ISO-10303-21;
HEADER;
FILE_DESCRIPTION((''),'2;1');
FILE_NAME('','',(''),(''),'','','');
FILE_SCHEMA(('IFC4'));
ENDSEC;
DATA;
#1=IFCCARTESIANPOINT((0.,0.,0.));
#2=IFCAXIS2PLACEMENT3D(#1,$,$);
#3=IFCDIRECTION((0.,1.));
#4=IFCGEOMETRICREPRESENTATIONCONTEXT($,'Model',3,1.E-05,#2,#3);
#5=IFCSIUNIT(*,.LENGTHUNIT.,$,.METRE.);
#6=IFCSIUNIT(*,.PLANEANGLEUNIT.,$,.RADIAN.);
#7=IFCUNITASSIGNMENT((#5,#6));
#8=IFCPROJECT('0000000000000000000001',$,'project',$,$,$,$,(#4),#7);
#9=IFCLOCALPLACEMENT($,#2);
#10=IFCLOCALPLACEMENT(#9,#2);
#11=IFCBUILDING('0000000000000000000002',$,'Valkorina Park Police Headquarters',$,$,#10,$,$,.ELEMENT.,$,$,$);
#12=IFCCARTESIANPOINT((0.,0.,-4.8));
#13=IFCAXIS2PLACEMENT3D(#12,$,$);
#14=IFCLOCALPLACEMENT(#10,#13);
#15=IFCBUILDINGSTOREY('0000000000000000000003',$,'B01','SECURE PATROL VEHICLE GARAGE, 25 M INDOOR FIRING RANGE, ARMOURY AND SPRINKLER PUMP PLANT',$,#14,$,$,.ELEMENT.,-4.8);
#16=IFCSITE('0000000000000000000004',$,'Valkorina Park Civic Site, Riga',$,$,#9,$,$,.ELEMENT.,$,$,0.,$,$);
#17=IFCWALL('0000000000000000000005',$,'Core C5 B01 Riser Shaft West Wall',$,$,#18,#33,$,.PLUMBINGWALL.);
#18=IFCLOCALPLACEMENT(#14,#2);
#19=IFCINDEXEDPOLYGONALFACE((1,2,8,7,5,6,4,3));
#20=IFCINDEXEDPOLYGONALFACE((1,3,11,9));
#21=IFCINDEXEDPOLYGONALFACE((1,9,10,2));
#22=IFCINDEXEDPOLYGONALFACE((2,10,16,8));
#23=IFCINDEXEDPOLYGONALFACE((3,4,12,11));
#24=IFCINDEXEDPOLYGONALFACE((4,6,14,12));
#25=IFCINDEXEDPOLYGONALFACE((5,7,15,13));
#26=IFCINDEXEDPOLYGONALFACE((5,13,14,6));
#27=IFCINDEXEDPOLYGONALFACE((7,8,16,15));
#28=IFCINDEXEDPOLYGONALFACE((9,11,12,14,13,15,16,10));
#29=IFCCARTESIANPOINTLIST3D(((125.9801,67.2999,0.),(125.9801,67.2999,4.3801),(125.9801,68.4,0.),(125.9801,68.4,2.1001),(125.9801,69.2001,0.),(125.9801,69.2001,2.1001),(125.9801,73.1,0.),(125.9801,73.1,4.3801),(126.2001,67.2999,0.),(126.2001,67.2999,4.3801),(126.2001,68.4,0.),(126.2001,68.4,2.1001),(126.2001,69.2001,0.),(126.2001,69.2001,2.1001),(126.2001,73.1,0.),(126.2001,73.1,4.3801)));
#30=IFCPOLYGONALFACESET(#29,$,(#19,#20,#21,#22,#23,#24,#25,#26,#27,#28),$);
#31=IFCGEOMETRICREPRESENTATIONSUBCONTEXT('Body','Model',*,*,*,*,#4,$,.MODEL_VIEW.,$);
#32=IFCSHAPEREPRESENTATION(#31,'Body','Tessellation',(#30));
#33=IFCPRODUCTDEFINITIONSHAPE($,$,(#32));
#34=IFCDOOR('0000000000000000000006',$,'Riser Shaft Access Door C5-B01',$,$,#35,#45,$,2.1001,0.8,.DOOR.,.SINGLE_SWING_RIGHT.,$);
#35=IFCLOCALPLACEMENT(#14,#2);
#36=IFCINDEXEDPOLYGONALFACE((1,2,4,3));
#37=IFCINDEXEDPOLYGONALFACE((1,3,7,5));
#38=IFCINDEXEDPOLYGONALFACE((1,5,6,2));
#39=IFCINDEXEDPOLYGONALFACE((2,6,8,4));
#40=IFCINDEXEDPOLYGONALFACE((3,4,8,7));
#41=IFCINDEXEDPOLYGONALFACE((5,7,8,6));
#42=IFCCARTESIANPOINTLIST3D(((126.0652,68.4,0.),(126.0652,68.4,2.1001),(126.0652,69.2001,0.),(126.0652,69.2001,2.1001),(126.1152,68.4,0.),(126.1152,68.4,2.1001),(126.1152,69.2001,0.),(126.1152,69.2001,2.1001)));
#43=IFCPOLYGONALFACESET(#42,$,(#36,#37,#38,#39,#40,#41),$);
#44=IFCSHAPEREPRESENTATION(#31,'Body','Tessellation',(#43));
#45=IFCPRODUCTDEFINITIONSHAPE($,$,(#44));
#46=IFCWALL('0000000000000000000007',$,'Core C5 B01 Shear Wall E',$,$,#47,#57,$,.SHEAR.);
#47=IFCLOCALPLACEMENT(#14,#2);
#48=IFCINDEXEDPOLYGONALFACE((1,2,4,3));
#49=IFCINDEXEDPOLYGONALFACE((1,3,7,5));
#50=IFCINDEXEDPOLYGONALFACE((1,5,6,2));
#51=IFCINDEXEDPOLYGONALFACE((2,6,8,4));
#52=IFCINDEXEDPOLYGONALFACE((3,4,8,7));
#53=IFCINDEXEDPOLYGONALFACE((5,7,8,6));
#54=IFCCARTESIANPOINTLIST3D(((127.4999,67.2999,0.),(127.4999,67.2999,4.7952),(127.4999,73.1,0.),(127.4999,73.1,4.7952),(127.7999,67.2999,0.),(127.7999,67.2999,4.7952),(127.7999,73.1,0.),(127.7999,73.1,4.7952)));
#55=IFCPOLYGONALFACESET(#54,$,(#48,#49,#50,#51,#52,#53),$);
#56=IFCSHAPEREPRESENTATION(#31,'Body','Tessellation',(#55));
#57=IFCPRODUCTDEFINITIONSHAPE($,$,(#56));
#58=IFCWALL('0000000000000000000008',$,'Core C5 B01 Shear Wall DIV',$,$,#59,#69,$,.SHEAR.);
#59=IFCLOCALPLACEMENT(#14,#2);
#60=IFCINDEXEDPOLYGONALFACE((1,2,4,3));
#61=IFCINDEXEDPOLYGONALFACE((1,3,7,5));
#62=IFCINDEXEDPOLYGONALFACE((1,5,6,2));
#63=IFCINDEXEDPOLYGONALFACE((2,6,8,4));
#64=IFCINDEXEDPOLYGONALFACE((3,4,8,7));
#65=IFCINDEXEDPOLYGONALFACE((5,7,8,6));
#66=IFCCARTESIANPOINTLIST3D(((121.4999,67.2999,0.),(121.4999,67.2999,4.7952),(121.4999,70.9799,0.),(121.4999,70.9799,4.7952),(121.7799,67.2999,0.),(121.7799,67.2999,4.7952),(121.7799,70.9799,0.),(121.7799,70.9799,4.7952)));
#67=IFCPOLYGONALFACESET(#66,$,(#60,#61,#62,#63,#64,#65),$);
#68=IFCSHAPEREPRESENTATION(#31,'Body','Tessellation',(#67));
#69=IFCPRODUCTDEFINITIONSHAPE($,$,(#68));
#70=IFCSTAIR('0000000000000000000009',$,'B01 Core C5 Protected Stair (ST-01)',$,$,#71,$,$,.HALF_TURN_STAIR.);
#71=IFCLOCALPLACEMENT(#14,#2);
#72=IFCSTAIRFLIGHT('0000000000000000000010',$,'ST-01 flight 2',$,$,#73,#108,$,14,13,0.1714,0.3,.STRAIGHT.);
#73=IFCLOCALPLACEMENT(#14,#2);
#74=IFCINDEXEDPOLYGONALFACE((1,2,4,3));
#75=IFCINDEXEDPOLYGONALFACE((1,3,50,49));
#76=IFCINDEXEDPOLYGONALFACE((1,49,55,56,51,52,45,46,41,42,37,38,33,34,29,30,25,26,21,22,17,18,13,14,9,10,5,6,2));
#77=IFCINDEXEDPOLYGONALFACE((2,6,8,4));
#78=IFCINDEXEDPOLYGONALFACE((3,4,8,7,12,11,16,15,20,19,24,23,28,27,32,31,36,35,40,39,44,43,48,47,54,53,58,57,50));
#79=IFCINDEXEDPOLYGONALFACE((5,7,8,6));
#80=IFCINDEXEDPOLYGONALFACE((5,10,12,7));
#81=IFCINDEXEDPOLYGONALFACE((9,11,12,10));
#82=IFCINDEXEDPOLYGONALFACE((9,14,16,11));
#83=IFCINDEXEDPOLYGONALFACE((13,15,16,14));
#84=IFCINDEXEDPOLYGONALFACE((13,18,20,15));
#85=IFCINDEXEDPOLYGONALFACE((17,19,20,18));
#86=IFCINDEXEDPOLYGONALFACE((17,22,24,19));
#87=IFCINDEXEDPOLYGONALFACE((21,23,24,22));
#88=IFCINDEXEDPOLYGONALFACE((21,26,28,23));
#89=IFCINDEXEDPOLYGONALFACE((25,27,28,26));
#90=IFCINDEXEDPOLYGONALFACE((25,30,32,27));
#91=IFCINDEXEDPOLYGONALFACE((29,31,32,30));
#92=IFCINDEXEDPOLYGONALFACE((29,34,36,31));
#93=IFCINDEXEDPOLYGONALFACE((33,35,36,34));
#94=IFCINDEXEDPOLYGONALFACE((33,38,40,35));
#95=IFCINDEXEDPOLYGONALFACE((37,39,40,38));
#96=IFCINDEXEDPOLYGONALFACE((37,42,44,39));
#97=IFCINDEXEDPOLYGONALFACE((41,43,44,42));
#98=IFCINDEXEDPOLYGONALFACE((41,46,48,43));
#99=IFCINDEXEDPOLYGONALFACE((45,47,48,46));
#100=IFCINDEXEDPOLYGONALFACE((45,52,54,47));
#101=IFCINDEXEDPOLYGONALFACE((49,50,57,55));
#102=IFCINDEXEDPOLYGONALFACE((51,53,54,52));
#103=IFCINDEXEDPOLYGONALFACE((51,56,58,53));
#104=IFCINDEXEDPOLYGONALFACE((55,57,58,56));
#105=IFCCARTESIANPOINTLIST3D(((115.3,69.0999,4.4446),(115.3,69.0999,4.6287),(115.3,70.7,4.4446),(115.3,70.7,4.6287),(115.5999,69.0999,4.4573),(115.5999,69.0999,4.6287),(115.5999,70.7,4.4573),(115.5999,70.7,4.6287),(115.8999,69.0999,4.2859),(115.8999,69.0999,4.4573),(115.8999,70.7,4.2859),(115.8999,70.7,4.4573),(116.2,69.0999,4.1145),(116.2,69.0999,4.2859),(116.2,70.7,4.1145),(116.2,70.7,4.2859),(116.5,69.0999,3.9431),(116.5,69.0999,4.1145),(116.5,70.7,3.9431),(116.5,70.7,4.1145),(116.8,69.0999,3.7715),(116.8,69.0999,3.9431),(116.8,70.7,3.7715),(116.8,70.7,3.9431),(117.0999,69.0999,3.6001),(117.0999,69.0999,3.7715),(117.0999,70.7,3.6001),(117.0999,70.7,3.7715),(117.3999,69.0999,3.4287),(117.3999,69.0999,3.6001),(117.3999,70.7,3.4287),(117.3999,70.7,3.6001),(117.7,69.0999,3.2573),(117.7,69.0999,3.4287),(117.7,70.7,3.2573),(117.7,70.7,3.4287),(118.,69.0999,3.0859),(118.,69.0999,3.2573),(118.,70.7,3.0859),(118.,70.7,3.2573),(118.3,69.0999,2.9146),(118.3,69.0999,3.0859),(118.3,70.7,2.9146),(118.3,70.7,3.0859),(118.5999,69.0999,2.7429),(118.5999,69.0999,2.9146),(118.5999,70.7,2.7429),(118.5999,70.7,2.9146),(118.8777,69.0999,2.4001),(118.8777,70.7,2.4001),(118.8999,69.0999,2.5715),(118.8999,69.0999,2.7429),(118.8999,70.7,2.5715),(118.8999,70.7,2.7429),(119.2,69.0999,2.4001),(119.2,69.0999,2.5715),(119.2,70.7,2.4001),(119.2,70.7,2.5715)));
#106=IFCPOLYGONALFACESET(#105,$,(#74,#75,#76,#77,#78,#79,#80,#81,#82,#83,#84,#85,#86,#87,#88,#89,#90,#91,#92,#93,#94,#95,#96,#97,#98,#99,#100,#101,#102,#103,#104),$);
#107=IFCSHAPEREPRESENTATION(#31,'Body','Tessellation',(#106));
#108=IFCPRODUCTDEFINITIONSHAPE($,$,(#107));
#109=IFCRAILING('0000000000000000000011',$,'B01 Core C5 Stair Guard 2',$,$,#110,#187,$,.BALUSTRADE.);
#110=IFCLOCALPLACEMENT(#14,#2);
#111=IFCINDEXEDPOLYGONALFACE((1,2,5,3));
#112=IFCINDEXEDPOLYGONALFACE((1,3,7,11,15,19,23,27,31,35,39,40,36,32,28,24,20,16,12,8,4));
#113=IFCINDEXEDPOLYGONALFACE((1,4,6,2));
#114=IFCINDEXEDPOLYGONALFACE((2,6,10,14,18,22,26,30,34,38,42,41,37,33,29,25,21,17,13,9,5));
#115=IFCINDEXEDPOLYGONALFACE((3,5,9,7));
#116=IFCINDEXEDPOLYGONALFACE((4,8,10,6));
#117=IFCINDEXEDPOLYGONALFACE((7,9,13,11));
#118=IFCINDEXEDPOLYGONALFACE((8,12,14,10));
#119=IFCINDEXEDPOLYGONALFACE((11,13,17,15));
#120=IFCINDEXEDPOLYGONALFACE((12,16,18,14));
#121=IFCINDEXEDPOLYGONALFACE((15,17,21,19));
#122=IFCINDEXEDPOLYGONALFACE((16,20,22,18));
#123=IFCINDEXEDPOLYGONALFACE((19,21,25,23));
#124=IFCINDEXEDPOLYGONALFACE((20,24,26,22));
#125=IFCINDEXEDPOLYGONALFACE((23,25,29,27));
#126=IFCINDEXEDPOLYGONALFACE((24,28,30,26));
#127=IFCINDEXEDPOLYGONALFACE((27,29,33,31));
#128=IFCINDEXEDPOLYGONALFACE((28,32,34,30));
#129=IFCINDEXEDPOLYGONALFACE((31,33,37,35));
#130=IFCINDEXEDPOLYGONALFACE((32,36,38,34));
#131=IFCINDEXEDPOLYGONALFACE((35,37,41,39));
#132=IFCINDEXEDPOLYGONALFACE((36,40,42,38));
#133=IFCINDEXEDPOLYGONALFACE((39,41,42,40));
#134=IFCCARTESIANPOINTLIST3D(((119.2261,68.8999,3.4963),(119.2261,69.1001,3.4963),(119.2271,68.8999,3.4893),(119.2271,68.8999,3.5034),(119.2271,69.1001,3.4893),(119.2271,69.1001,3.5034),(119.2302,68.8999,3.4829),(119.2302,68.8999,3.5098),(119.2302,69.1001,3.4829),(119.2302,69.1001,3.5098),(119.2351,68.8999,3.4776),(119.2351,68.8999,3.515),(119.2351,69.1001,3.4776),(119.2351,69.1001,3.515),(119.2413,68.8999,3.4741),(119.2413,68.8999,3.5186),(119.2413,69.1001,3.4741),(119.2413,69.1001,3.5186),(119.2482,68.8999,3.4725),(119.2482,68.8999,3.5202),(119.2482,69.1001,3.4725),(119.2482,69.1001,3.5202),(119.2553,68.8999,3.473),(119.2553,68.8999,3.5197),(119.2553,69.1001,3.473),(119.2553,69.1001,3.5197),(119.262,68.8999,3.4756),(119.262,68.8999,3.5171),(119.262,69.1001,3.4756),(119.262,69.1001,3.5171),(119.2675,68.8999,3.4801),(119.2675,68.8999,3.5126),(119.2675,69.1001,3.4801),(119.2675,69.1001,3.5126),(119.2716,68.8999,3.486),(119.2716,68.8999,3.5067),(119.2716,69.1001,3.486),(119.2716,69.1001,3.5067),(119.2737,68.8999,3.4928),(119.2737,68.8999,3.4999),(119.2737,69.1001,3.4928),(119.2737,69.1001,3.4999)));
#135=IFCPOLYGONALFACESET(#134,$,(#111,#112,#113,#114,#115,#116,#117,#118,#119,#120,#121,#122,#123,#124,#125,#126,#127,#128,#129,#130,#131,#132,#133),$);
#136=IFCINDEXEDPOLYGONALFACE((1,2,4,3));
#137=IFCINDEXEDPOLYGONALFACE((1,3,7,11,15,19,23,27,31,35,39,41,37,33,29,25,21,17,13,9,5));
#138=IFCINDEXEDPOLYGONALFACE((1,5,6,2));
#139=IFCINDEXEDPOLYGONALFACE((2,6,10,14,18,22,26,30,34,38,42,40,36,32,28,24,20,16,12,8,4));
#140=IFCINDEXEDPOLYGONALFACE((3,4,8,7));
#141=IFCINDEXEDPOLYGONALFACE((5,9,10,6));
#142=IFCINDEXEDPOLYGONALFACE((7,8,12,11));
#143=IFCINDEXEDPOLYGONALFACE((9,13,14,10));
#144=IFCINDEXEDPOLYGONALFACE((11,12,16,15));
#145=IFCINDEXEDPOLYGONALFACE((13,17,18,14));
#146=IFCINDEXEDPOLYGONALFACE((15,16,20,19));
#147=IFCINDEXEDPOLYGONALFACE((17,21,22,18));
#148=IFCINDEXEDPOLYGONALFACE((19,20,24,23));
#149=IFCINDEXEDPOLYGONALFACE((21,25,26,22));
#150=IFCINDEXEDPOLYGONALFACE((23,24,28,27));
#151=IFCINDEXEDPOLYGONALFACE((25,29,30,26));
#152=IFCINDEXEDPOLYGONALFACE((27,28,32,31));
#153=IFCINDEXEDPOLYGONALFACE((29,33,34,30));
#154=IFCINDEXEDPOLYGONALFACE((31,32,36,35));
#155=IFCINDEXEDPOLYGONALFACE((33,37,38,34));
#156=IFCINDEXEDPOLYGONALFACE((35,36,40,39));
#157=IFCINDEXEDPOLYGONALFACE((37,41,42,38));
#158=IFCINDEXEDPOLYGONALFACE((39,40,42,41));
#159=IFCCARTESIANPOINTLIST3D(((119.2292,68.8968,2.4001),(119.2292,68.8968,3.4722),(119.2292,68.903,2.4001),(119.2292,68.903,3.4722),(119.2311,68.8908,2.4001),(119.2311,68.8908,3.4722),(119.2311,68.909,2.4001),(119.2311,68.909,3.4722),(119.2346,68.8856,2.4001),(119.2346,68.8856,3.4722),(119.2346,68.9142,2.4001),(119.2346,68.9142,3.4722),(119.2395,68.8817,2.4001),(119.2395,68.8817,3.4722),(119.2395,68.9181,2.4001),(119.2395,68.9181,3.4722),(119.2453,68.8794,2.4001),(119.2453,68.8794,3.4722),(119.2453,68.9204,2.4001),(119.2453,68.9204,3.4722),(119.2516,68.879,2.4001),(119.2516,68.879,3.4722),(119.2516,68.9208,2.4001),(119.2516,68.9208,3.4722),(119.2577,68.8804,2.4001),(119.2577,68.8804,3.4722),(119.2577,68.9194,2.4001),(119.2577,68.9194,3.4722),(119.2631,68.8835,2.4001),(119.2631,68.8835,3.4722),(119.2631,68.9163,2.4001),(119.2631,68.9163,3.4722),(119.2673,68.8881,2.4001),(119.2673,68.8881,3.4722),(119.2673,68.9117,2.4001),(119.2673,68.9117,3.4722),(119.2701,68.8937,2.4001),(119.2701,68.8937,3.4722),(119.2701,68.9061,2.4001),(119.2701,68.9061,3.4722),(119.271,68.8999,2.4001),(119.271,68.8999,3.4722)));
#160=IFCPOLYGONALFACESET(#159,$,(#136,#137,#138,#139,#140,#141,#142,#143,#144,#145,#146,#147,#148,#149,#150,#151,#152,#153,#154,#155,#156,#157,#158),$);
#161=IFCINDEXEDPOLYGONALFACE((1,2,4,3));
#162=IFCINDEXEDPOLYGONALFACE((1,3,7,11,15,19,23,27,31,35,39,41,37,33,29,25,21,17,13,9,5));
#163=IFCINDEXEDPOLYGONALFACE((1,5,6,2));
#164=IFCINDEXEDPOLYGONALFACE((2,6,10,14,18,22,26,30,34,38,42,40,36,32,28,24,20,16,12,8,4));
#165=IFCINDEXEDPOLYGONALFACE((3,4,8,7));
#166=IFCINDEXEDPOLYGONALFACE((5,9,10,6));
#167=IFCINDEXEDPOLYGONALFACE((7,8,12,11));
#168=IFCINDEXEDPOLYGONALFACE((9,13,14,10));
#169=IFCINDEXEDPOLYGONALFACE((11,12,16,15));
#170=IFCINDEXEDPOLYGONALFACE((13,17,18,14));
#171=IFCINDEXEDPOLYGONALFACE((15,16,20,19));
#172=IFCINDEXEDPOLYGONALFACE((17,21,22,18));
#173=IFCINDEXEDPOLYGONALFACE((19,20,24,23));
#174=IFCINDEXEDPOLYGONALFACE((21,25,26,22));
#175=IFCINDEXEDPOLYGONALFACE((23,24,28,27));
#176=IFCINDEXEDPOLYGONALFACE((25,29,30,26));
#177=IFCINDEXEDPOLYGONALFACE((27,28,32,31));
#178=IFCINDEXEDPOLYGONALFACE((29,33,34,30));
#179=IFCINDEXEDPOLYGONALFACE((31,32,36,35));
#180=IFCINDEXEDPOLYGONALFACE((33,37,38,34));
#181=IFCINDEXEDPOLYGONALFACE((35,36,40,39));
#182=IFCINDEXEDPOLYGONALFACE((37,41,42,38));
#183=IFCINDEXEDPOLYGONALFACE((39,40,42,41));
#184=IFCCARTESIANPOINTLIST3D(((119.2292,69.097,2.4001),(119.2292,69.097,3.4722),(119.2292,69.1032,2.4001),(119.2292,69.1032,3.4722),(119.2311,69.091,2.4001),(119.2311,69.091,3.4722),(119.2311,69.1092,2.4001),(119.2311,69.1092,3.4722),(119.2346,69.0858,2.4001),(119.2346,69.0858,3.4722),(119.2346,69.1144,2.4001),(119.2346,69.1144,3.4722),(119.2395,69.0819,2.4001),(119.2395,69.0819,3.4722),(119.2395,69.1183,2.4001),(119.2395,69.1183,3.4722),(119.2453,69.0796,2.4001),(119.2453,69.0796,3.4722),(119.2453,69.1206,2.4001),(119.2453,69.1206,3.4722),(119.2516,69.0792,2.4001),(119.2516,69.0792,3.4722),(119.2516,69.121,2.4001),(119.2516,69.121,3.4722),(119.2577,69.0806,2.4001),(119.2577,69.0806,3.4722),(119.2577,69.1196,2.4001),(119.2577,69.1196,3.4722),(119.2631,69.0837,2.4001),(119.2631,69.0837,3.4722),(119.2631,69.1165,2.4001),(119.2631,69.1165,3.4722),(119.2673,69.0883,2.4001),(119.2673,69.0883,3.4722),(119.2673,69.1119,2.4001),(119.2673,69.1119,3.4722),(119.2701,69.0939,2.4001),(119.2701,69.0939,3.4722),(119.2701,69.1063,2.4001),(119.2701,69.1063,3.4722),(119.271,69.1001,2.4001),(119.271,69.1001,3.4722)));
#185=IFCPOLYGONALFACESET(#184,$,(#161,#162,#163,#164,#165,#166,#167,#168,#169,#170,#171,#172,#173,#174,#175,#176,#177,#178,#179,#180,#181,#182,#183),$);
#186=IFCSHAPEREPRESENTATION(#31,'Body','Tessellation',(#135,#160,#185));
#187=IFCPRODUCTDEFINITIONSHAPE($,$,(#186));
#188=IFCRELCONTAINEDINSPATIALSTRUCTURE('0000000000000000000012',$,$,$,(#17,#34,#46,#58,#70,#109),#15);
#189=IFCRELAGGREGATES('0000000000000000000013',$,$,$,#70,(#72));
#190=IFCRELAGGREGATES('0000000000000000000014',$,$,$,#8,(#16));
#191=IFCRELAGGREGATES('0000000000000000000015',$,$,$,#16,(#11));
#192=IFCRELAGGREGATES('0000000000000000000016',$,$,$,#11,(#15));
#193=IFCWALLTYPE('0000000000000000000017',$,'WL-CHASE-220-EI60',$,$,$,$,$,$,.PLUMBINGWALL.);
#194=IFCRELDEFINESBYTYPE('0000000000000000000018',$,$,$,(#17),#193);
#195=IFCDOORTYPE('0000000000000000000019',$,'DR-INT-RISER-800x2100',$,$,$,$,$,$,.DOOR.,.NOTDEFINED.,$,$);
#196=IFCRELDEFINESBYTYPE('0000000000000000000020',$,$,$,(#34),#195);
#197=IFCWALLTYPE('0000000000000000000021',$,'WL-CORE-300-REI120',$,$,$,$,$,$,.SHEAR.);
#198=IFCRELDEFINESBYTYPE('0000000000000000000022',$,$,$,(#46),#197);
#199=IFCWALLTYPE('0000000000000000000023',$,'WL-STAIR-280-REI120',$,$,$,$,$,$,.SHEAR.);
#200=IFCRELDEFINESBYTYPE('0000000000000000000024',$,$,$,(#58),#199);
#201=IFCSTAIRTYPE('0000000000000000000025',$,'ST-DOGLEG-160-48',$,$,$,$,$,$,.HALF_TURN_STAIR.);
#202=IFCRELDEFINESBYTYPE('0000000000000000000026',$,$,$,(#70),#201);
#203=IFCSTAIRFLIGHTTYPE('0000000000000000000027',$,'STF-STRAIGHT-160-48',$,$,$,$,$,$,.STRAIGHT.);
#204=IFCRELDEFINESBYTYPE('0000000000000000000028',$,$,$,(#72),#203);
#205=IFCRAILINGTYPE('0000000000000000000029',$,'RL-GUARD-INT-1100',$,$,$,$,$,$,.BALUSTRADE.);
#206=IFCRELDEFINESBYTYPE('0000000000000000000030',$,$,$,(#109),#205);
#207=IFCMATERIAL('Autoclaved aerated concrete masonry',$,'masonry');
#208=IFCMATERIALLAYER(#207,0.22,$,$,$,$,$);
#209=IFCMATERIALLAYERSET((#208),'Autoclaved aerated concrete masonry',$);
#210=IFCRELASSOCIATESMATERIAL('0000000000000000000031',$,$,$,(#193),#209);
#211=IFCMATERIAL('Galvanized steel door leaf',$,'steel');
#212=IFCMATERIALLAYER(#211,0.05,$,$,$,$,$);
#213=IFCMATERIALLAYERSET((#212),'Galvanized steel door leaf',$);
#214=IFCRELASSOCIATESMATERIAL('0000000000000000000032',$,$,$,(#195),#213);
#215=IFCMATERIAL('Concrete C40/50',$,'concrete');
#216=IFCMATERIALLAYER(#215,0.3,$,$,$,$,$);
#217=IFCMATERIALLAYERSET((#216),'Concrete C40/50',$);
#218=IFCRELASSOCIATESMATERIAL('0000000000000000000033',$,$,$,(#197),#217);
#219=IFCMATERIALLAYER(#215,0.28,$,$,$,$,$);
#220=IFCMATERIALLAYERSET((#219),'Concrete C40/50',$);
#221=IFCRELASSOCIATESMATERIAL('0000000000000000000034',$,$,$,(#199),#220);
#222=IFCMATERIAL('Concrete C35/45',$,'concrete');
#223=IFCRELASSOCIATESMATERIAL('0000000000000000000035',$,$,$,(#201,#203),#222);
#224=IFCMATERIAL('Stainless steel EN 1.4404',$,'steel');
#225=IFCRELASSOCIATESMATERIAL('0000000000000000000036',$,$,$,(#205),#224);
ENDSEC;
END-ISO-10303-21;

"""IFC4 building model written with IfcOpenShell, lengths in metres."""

from ifc_helpers import new_model, si_unit, direction, frame, frame_2d, origin, origin_2d, place, context, subcontext, project, spatial, polyline, rectangle, circle, outline, extrude, material, layer, layer_set, type_object, element, fill, aggregate, save


model = new_model("IFC4")

# Units and contexts
model_context = context("Model", 3, precision=1e-05, world=origin(), true_north=direction((0.0, 1.0)))
body_context = subcontext(model_context, "Body", "Model", "MODEL_VIEW")
ifc_project = project(units=[si_unit("LENGTHUNIT", "METRE"), si_unit("PLANEANGLEUNIT", "RADIAN")], contexts=[model_context])

# Site, building, storey
site_placement = place(None, origin())
site = spatial("IfcSite", under=ifc_project, at=site_placement, Name="Valkorina Park Civic Site, Riga", CompositionType="ELEMENT", RefElevation=0.0)
building_placement = place(site_placement, origin())
building = spatial("IfcBuilding", under=site, at=building_placement, Name="Valkorina Park Police Headquarters", CompositionType="ELEMENT")
storey_placement = place(building_placement, frame((0.0, 0.0, -4.8)))
storey = spatial("IfcBuildingStorey", under=building, at=storey_placement, Name="B01", Description="SECURE PATROL VEHICLE GARAGE, 25 M INDOOR FIRING RANGE, ARMOURY AND SPRINKLER PUMP PLANT", CompositionType="ELEMENT", Elevation=-4.8)

# Shared definitions
ifc_material_1 = material(Name="Concrete C35/45", Category="concrete")

# Shared definitions
ifc_material_2 = material(Name="Concrete C40/50", Category="concrete")

# Shared definitions
ifc_material_3 = material(Name="Autoclaved aerated concrete masonry", Category="masonry")
ifc_layer_1 = layer(ifc_material_3, 0.22)
ifc_layer_set_1 = layer_set([ifc_layer_1], Name="Autoclaved aerated concrete masonry")
wall_type_1 = type_object("IfcWallType", Name="WL-CHASE-220-EI60", PredefinedType="PLUMBINGWALL", material=ifc_layer_set_1)
ifc_material_4 = material(Name="Stainless steel EN 1.4404", Category="steel")

# Wall, opening, door
wall_1_placement = place(storey_placement, frame((126.0901, 67.3, 0.0), z_axis=(0.0, 0.0, 1.0), x_axis=(0.0, 1.0, 0.0)))
wall_1 = element("IfcWall", 1, at=wall_1_placement, inside=storey, type_object=wall_type_1, Name="Core C5 B01 Riser Shaft West Wall", PredefinedType="PLUMBINGWALL", context=body_context, shape_type="SweptSolid", body=[
    extrude(rectangle(XDim=5.8, YDim=0.22, at=frame_2d((2.8999, 0.0))), origin(), (0.0, 0.0, 1.0), 4.3801),
])
opening_1_placement = place(wall_1_placement, frame((1.1001, 0.0, 0.0)))
opening_1 = element("IfcOpeningElement", 2, at=opening_1_placement, cuts=wall_1, PredefinedType="OPENING", context=body_context, shape_type="SweptSolid", body=[
    extrude(rectangle(XDim=0.8, YDim=2.1001, at=frame_2d((0.3999, 1.05))), frame((0.0, 0.1201, 0.0), z_axis=(0.0, -1.0, 0.0), x_axis=(1.0, 0.0, 0.0)), (0.0, 0.0, 1.0), 0.24),
])
ifc_material_5 = material(Name="Galvanized steel door leaf", Category="steel")
ifc_layer_2 = layer(ifc_material_5, 0.05)
ifc_layer_set_2 = layer_set([ifc_layer_2], Name="Galvanized steel door leaf")
door_type_1 = type_object("IfcDoorType", Name="DR-INT-RISER-800x2100", OperationType="NOTDEFINED", PredefinedType="DOOR", material=ifc_layer_set_2)
door_1_placement = place(opening_1_placement, origin())
door_1 = element("IfcDoor", 3, at=door_1_placement, inside=storey, type_object=door_type_1, Name="Riser Shaft Access Door C5-B01", OperationType="SINGLE_SWING_RIGHT", OverallHeight=2.1001, OverallWidth=0.8, PredefinedType="DOOR", context=body_context, shape_type="SweptSolid", body=[
    extrude(rectangle(XDim=0.8, YDim=2.1001, at=frame_2d((0.3999, 1.05))), frame((0.0, 0.0249, 0.0), z_axis=(0.0, -1.0, 0.0), x_axis=(1.0, 0.0, 0.0)), (0.0, 0.0, 1.0), 0.05),
])
fill(opening_1, door_1)

# Walls
ifc_layer_3 = layer(ifc_material_2, 0.3)
ifc_layer_set_3 = layer_set([ifc_layer_3], Name="Concrete C40/50")
wall_type_2 = type_object("IfcWallType", Name="WL-CORE-300-REI120", PredefinedType="SHEAR", material=ifc_layer_set_3)
wall_2_placement = place(storey_placement, frame((127.6499, 67.3, 0.0), z_axis=(0.0, 0.0, 1.0), x_axis=(0.0, 1.0, 0.0)))
element("IfcWall", 4, at=wall_2_placement, inside=storey, type_object=wall_type_2, Name="Core C5 B01 Shear Wall E", PredefinedType="SHEAR", context=body_context, shape_type="SweptSolid", body=[
    extrude(rectangle(XDim=5.8, YDim=0.3, at=frame_2d((2.8999, 0.0))), origin(), (0.0, 0.0, 1.0), 4.7952),
])
ifc_layer_4 = layer(ifc_material_2, 0.28)
ifc_layer_set_4 = layer_set([ifc_layer_4], Name="Concrete C40/50")
wall_type_3 = type_object("IfcWallType", Name="WL-STAIR-280-REI120", PredefinedType="SHEAR", material=ifc_layer_set_4)
wall_3_placement = place(storey_placement, frame((121.6399, 67.3, 0.0), z_axis=(0.0, 0.0, 1.0), x_axis=(0.0, 1.0, 0.0)))
element("IfcWall", 5, at=wall_3_placement, inside=storey, type_object=wall_type_3, Name="Core C5 B01 Shear Wall DIV", PredefinedType="SHEAR", context=body_context, shape_type="SweptSolid", body=[
    extrude(rectangle(XDim=3.6799, YDim=0.28, at=frame_2d((1.8398, 0.0))), origin(), (0.0, 0.0, 1.0), 4.7952),
])

# Stair, stair flight
stair_type = type_object("IfcStairType", Name="ST-DOGLEG-160-48", PredefinedType="HALF_TURN_STAIR", material=ifc_material_1)
stair_placement = place(storey_placement, origin())
stair = element("IfcStair", 6, at=stair_placement, inside=storey, type_object=stair_type, Name="B01 Core C5 Protected Stair (ST-01)", PredefinedType="HALF_TURN_STAIR")
stair_flight_type = type_object("IfcStairFlightType", Name="STF-STRAIGHT-160-48", PredefinedType="STRAIGHT", material=ifc_material_1)
stair_flight_placement = place(storey_placement, frame((119.2, 69.8999, 2.4001), z_axis=(0.0, 0.0, 1.0), x_axis=(-1.0, 0.0, 0.0)))
stair_flight = element("IfcStairFlight", 7, at=stair_flight_placement, type_object=stair_flight_type, Name="ST-01 flight 2", NumberOfRisers=14, NumberOfTreads=13, PredefinedType="STRAIGHT", RiserHeight=0.1714, TreadLength=0.3, context=body_context, shape_type="SweptSolid", body=[
    extrude(outline(polyline([(0.0, 0.0), (0.0, 0.1714), (0.3, 0.1714), (0.3, 0.3428), (0.6001, 0.3428), (0.6001, 0.5144), (0.8999, 0.5144), (0.8999, 0.6858), (1.2, 0.6858), (1.2, 0.8572), (1.5, 0.8572), (1.5, 1.0286), (1.8, 1.0286), (1.8, 1.2), (2.1001, 1.2), (2.1001, 1.3713), (2.3999, 1.3713), (2.3999, 1.543), (2.7, 1.543), (2.7, 1.7144), (3.0, 1.7144), (3.0, 1.8857), (3.3, 1.8857), (3.3, 2.0571), (3.6001, 2.0571), (3.6001, 2.2285), (3.8999, 2.2285), (3.8999, 2.3999), (3.8999, 2.0444), (0.3223, 0.0), (0.0, 0.0)])), frame((0.0, 0.8, 0.0), z_axis=(0.0, -1.0, 0.0), x_axis=(1.0, 0.0, 0.0)), (0.0, 0.0, 1.0), 1.6001),
])
aggregate(stair, [stair_flight])

# Railing
railing_type_1 = type_object("IfcRailingType", Name="RL-GUARD-INT-1100", PredefinedType="BALUSTRADE", material=ifc_material_4)
railing_1_placement = place(storey_placement, frame((119.25, 68.8999, 2.4001)))
element("IfcRailing", 8, at=railing_1_placement, inside=storey, type_object=railing_type_1, Name="B01 Core C5 Stair Guard 2", PredefinedType="BALUSTRADE", context=body_context, shape_type="SweptSolid", body=[
    extrude(circle(Radius=0.0239, at=origin_2d()), frame((0.0, 0.0, 1.0962), z_axis=(0.0, 1.0, 0.0), x_axis=(-1.0, 0.0, 0.0)), (0.0, 0.0, 1.0), 0.2002),
    extrude(circle(Radius=0.021, at=origin_2d()), origin(), (0.0, 0.0, 1.0), 1.072),
    extrude(circle(Radius=0.021, at=origin_2d()), frame((0.0, 0.2002, 0.0)), (0.0, 0.0, 1.0), 1.072),
])

save(model, "model.ifc")
